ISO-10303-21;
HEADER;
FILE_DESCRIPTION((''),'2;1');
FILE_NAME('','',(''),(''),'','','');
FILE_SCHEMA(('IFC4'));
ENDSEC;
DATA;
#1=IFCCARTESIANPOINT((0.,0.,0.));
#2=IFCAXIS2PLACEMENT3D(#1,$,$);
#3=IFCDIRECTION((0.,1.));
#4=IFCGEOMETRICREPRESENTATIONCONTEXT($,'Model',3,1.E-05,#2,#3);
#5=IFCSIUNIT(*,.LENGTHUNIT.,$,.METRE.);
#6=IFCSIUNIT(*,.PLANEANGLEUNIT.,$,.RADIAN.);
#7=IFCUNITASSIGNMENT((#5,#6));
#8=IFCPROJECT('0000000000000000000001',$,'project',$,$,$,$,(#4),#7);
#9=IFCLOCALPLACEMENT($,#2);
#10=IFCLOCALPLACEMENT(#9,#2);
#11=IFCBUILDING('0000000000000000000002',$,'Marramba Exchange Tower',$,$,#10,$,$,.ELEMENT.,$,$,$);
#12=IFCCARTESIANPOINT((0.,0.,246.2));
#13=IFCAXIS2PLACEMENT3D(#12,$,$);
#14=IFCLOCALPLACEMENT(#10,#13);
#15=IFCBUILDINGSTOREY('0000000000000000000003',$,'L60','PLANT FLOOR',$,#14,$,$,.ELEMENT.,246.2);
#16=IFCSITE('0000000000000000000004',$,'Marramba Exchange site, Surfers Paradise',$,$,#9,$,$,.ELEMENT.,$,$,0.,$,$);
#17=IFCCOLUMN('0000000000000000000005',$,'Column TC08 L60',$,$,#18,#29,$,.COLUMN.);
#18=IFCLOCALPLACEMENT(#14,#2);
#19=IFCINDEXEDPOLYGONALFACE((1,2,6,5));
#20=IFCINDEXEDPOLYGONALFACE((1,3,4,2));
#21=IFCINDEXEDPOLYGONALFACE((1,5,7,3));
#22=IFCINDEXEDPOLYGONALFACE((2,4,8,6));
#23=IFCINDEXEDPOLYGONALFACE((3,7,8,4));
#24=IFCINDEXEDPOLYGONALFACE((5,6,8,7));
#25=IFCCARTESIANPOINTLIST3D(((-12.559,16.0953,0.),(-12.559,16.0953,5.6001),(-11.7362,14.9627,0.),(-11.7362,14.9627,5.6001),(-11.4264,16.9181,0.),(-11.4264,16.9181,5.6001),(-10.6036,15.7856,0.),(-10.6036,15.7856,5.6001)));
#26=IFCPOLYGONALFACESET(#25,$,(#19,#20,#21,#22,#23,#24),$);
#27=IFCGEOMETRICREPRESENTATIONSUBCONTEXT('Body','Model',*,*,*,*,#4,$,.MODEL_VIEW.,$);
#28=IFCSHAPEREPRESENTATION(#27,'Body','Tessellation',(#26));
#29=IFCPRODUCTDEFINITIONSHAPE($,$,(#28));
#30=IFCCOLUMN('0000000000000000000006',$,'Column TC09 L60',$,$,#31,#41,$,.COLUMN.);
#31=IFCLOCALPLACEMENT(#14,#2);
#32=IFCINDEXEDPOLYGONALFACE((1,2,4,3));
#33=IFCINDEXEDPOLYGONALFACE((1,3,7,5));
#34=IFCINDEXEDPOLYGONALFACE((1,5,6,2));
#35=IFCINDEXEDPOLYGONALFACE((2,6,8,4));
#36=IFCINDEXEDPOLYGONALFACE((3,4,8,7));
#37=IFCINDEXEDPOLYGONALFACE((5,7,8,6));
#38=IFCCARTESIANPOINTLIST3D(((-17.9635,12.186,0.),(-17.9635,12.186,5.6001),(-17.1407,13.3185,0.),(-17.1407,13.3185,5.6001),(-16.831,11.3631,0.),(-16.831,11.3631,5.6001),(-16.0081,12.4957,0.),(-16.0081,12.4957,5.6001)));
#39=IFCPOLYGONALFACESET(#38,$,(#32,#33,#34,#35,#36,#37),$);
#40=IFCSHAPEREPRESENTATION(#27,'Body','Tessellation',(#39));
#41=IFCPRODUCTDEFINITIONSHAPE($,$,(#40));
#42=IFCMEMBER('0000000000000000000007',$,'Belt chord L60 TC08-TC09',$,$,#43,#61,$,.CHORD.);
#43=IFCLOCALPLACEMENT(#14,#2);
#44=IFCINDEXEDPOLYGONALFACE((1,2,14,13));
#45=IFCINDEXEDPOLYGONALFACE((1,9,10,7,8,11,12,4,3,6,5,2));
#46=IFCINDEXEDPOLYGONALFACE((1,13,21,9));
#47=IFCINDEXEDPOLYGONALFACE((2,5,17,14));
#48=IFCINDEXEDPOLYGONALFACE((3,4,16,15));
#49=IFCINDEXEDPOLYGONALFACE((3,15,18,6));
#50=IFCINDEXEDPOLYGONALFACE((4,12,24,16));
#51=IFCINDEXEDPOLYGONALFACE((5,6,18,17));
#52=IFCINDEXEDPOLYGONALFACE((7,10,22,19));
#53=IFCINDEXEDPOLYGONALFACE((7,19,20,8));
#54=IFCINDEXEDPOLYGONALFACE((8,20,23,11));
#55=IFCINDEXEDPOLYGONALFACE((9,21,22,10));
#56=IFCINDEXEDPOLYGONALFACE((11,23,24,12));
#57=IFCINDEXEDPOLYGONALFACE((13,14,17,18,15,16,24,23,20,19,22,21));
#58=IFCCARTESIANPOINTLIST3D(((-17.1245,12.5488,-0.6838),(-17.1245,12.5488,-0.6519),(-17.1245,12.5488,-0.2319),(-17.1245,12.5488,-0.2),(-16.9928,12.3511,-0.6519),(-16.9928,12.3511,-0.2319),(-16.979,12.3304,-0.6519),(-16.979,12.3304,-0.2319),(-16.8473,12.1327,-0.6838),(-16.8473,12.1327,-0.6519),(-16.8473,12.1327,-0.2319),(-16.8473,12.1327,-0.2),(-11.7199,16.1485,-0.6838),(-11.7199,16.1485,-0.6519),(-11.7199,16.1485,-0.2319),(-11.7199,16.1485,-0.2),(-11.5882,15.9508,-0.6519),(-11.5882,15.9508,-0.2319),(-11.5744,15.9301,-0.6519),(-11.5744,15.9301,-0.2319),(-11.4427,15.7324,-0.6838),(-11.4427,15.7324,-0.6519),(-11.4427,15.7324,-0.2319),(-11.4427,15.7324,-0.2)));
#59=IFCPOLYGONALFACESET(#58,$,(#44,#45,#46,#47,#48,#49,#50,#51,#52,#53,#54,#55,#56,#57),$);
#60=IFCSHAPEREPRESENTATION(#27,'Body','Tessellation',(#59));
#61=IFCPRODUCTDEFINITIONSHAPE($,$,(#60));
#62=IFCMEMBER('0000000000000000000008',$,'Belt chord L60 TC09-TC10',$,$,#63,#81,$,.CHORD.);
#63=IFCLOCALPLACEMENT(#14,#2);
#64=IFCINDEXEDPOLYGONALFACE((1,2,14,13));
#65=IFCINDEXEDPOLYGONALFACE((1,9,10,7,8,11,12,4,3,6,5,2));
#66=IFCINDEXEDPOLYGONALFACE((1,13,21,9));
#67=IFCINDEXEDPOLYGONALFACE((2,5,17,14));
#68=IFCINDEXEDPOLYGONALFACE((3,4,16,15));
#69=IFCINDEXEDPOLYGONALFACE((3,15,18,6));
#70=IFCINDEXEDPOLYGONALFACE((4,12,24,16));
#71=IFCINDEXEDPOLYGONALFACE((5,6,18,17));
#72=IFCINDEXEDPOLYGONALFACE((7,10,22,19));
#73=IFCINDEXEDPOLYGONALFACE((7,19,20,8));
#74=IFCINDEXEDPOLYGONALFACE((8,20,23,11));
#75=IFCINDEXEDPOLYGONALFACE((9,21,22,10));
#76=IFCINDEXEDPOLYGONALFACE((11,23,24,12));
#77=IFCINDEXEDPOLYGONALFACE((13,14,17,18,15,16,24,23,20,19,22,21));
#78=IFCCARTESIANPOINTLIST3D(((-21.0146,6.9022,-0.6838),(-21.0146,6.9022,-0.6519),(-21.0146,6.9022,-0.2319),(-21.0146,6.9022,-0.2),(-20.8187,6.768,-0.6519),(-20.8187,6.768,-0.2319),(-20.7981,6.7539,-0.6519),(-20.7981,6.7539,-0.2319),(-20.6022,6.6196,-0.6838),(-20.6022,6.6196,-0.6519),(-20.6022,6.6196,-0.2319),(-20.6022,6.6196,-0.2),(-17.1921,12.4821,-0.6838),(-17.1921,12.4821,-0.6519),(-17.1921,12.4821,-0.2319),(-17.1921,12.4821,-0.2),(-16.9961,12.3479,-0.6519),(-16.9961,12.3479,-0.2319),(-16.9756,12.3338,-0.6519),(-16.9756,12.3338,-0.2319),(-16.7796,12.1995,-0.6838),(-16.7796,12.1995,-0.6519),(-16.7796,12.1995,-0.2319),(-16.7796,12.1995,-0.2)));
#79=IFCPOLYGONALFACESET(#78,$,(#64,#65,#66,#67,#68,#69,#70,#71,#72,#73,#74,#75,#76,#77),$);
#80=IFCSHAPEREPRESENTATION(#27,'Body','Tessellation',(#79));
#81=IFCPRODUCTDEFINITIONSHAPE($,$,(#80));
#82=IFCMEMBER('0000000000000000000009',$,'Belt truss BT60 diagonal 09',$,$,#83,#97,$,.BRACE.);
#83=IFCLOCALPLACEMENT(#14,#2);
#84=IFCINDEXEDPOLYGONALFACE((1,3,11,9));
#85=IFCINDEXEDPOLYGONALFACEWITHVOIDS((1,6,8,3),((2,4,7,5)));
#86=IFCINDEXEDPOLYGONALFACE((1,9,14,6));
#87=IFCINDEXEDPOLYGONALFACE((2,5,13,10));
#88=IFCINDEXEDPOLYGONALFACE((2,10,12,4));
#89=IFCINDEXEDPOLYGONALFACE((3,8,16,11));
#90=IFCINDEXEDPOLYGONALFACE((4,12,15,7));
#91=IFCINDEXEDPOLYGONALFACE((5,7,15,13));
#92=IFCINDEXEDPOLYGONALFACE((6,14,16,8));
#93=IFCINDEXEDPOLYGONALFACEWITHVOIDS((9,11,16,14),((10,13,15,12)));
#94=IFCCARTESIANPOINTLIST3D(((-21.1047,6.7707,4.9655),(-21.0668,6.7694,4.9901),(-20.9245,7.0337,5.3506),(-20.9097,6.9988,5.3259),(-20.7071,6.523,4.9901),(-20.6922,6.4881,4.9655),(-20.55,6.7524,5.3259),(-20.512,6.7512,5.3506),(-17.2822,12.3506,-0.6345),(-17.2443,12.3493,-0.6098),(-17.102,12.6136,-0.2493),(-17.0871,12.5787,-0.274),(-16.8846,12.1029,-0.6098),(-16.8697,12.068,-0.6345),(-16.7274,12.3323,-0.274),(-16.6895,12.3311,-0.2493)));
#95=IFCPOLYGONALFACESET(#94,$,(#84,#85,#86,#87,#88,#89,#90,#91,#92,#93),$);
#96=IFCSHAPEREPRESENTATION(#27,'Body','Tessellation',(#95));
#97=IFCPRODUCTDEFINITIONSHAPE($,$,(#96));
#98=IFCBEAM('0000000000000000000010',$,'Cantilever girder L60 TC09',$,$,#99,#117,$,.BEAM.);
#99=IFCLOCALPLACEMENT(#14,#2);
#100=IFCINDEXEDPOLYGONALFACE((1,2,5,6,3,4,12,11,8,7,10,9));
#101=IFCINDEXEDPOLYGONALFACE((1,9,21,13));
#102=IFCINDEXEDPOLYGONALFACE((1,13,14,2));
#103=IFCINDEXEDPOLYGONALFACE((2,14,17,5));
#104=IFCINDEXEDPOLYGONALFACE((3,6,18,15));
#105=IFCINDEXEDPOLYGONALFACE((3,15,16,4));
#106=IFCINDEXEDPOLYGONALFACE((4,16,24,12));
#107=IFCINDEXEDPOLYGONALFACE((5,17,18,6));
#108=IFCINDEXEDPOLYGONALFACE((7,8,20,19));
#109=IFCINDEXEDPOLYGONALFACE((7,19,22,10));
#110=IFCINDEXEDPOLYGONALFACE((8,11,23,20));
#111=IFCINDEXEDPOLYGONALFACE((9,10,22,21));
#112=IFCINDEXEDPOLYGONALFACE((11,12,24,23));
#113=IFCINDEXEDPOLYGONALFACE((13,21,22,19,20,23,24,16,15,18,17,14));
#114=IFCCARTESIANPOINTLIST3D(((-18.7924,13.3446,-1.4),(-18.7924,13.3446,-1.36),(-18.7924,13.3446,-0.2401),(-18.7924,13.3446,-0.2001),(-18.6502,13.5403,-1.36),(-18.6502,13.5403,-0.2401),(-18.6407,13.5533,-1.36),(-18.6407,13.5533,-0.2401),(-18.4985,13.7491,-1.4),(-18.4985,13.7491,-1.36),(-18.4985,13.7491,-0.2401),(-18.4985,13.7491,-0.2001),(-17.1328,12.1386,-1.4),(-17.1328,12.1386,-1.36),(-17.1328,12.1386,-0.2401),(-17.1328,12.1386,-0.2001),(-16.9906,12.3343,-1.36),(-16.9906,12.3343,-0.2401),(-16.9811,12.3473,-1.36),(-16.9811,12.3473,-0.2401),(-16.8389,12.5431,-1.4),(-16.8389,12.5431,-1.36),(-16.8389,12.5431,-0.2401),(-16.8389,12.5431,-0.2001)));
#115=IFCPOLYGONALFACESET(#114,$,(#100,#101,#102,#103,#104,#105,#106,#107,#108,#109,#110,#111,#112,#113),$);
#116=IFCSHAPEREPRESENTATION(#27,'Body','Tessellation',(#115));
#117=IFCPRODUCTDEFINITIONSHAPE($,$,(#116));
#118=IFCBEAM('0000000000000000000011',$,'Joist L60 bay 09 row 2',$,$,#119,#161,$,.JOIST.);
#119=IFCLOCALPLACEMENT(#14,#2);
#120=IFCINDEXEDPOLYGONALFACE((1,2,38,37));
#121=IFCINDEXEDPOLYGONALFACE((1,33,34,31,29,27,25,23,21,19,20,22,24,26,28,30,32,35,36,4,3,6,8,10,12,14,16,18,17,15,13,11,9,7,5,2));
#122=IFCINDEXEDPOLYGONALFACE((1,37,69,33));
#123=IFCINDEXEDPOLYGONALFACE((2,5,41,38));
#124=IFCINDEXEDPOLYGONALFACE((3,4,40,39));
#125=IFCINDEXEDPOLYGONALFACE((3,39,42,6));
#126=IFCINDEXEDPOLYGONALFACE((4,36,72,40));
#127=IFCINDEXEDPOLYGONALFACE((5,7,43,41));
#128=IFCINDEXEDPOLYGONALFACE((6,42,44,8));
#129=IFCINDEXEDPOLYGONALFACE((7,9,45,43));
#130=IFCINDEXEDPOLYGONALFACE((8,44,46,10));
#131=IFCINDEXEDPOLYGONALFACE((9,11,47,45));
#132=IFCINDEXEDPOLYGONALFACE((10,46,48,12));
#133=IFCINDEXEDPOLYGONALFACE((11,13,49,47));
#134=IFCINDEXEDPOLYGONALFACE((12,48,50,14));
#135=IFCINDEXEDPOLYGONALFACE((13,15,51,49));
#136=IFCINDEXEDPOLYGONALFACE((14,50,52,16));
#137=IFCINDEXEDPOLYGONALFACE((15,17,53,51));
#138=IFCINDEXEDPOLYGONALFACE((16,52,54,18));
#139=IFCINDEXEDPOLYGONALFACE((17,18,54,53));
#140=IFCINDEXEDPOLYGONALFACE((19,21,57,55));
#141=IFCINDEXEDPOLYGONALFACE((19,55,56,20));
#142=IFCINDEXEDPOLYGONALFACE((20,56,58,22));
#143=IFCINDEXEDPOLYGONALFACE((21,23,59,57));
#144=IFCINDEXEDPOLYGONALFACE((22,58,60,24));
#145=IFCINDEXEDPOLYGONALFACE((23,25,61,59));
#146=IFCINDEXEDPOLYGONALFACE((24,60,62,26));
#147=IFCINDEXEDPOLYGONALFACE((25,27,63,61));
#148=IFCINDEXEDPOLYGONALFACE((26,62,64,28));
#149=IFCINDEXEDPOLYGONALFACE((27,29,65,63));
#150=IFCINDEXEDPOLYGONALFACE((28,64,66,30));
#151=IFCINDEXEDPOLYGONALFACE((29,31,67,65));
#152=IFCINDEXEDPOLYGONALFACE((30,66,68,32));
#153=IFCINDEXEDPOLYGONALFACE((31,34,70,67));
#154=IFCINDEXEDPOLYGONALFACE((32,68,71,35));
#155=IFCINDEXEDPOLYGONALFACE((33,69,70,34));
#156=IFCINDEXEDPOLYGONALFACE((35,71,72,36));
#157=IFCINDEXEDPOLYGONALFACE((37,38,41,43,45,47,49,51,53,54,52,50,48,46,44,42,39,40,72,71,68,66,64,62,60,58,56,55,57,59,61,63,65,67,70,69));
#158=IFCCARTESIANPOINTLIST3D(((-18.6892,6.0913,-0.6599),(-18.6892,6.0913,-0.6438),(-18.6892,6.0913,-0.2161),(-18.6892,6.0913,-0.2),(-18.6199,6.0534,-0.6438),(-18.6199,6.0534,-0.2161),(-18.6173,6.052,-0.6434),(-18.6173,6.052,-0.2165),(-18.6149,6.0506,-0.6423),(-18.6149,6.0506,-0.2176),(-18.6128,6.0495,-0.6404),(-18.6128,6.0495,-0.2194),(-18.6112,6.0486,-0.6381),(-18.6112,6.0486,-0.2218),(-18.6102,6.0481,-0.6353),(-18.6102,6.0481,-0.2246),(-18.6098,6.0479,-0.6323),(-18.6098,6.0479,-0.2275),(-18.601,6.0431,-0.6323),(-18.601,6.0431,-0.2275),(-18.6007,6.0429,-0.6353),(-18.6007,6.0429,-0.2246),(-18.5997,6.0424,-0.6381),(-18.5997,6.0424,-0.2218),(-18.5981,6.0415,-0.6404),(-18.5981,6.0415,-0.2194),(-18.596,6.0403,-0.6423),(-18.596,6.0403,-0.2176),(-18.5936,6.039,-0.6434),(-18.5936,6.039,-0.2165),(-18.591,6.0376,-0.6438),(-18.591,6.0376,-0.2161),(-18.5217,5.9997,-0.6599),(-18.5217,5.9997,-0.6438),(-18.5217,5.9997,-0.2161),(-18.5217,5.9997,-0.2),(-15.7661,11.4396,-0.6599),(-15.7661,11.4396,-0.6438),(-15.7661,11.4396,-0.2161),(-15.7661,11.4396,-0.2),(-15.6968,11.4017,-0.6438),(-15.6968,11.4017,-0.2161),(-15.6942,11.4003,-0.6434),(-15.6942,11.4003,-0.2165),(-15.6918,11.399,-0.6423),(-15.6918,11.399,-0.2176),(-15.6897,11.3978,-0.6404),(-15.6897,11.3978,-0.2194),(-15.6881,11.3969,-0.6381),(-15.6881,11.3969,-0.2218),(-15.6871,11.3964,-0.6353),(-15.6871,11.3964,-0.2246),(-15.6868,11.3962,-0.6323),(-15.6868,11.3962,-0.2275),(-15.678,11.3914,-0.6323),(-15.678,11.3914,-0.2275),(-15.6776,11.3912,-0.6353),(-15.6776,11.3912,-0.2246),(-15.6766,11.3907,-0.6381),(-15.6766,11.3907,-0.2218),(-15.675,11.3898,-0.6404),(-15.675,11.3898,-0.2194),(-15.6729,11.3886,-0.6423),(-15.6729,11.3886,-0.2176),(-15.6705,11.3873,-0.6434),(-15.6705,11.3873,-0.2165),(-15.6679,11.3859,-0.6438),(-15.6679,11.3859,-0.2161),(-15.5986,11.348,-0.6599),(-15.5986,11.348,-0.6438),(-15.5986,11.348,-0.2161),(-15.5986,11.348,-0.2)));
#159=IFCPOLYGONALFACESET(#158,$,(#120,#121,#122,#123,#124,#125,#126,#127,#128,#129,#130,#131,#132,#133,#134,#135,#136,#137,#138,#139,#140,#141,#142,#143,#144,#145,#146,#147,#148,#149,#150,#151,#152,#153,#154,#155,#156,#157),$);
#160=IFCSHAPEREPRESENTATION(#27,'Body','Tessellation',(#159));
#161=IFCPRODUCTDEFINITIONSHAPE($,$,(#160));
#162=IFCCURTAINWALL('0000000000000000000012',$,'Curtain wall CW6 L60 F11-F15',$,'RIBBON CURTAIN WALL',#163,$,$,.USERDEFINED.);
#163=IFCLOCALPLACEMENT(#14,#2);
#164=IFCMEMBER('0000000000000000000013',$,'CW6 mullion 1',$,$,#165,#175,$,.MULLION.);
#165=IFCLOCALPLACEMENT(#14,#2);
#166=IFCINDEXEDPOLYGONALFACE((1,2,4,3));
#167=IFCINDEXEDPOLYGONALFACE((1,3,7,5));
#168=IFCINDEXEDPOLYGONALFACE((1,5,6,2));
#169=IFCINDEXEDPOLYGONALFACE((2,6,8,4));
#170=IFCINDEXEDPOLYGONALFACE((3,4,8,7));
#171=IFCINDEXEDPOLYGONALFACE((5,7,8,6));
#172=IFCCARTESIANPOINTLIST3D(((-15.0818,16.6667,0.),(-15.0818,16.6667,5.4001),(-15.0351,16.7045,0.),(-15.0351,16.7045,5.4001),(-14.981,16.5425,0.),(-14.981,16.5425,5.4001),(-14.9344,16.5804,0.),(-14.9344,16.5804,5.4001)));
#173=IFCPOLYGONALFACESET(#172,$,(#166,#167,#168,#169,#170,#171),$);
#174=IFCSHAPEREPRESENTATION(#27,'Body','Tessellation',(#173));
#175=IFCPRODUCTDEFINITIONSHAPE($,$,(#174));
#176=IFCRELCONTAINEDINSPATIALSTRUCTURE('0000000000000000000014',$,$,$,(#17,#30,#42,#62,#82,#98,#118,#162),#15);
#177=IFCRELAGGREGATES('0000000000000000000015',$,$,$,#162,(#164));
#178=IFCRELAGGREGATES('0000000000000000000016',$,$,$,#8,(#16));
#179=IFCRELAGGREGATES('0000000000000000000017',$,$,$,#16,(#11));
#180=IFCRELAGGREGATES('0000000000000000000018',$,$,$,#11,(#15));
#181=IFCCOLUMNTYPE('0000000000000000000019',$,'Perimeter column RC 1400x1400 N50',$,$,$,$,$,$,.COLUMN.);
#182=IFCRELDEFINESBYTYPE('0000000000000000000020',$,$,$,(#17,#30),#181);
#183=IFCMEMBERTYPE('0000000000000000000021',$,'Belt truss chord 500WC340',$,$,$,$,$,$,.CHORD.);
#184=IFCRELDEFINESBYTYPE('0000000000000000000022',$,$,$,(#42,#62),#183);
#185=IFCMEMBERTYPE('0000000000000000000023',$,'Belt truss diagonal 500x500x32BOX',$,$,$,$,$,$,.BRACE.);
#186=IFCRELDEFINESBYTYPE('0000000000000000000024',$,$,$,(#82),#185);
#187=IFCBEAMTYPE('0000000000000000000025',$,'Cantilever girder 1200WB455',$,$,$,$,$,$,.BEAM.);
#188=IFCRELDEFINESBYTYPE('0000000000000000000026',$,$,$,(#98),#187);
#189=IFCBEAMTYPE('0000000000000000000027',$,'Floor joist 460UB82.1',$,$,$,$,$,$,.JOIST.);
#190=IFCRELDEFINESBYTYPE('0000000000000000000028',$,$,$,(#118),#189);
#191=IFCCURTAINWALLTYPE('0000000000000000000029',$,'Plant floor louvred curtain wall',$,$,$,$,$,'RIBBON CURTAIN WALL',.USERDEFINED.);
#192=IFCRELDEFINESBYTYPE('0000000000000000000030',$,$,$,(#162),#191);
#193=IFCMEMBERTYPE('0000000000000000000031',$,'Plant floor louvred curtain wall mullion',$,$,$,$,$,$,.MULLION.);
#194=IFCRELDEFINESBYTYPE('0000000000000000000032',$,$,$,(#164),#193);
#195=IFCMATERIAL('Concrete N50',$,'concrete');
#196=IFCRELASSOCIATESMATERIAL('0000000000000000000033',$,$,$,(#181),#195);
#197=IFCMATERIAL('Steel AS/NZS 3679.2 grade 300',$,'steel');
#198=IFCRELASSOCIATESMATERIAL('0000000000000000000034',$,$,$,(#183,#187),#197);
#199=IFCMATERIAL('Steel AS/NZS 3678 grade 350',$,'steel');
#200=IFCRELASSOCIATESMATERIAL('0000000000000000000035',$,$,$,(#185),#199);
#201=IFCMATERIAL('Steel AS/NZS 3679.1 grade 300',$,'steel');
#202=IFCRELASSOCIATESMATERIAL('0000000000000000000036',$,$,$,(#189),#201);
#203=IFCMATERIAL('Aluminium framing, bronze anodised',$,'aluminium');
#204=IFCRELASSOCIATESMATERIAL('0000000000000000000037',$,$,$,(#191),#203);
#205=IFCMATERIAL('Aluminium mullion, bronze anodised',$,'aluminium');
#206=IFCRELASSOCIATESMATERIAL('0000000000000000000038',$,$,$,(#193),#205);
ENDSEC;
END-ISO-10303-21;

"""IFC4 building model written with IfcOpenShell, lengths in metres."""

from ifc_helpers import new_model, si_unit, direction, frame, origin, origin_2d, place, context, subcontext, project, spatial, rectangle, hollow_rectangle, i_section, extrude, material, material_profile, profile_set, type_object, element, aggregate, save


model = new_model("IFC4")

# Units and contexts
model_context = context("Model", 3, precision=1e-05, world=origin(), true_north=direction((0.0, 1.0)))
body_context = subcontext(model_context, "Body", "Model", "MODEL_VIEW")
ifc_project = project(units=[si_unit("LENGTHUNIT", "METRE"), si_unit("PLANEANGLEUNIT", "RADIAN")], contexts=[model_context])

# Site, building, storey
site_placement = place(None, origin())
site = spatial("IfcSite", under=ifc_project, at=site_placement, Name="Marramba Exchange site, Surfers Paradise", CompositionType="ELEMENT", RefElevation=0.0)
building_placement = place(site_placement, origin())
building = spatial("IfcBuilding", under=site, at=building_placement, Name="Marramba Exchange Tower", CompositionType="ELEMENT")
storey_placement = place(building_placement, frame((0.0, 0.0, 246.2)))
storey = spatial("IfcBuildingStorey", under=building, at=storey_placement, Name="L60", Description="PLANT FLOOR", CompositionType="ELEMENT", Elevation=246.2)

# Columns
ifc_material_1 = material(Name="Concrete N50", Category="concrete")
ifc_material_profile_1 = material_profile(ifc_material_1, rectangle(XDim=1.3999, YDim=1.3999, at=origin_2d()), Name="RC 1400x1400")
ifc_profile_set_1 = profile_set([ifc_material_profile_1], Name="Concrete N50")
column_type = type_object("IfcColumnType", Name="Perimeter column RC 1400x1400 N50", PredefinedType="COLUMN", material=ifc_profile_set_1)
for number, where, z_axis, x_axis, name in (
    (1, (-11.5813, 15.9404, 0.0), (0.0, 0.0, 1.0), (-0.587785, 0.809017, 0.0), "Column TC08 L60"),
    (2, (-16.9858, 12.3408, 0.0), (0.0, 0.0, 1.0), (-0.809017, 0.587785, 0.0), "Column TC09 L60"),
):
    element("IfcColumn", number, at=place(storey_placement, frame(where, z_axis=z_axis, x_axis=x_axis)), inside=storey, type_object=column_type, Name=name, PredefinedType="COLUMN", context=body_context, shape_type="SweptSolid", body=[
        extrude(rectangle(XDim=1.3999, YDim=1.3999, at=origin_2d()), origin(), (0.0, 0.0, 1.0), 5.6001),
    ])

# Members
ifc_material_2 = material(Name="Steel AS/NZS 3679.2 grade 300", Category="steel")
ifc_material_profile_2 = material_profile(ifc_material_2, i_section(OverallWidth=0.5, OverallDepth=0.4839, WebThickness=0.0249, FlangeThickness=0.032, at=origin_2d()), Name="500WC340")
ifc_profile_set_2 = profile_set([ifc_material_profile_2], Name="Steel AS/NZS 3679.2 grade 300")
member_type_1 = type_object("IfcMemberType", Name="Belt truss chord 500WC340", PredefinedType="CHORD", material=ifc_profile_set_2)
member_1_placement = place(storey_placement, frame((-11.5813, 15.9404, -0.4419), z_axis=(-0.832293, -0.554336, 0.0), x_axis=(0.554336, -0.832293, 0.0)))
element("IfcMember", 3, at=member_1_placement, inside=storey, type_object=member_type_1, Name="Belt chord L60 TC08-TC09", PredefinedType="CHORD", context=body_context, shape_type="SweptSolid", body=[
    extrude(i_section(OverallWidth=0.5, OverallDepth=0.4839, WebThickness=0.0249, FlangeThickness=0.032, at=origin_2d()), origin(), (0.0, 0.0, 1.0), 6.4937),
])
member_2_placement = place(storey_placement, frame((-16.9858, 12.3408, -0.4419), z_axis=(-0.56516, -0.824981, 0.0), x_axis=(0.824981, -0.56516, 0.0)))
element("IfcMember", 4, at=member_2_placement, inside=storey, type_object=member_type_1, Name="Belt chord L60 TC09-TC10", PredefinedType="CHORD", context=body_context, shape_type="SweptSolid", body=[
    extrude(i_section(OverallWidth=0.5, OverallDepth=0.4839, WebThickness=0.0249, FlangeThickness=0.032, at=origin_2d()), origin(), (0.0, 0.0, 1.0), 6.7637),
])
ifc_material_3 = material(Name="Steel AS/NZS 3678 grade 350", Category="steel")
ifc_material_profile_3 = material_profile(ifc_material_3, hollow_rectangle(XDim=0.5, YDim=0.5, WallThickness=0.032, at=origin_2d()), Name="500x500x32BOX")
ifc_profile_set_3 = profile_set([ifc_material_profile_3], Name="Steel AS/NZS 3678 grade 350")
member_type_2 = type_object("IfcMemberType", Name="Belt truss diagonal 500x500x32BOX", PredefinedType="BRACE", material=ifc_profile_set_3)
member_3_placement = place(storey_placement, frame((-16.9858, 12.3408, -0.4419), z_axis=(-0.43532, -0.63545, 0.63773), x_axis=(0.824981, -0.56516, 0.0)))
element("IfcMember", 5, at=member_3_placement, inside=storey, type_object=member_type_2, Name="Belt truss BT60 diagonal 09", PredefinedType="BRACE", context=body_context, shape_type="SweptSolid", body=[
    extrude(hollow_rectangle(XDim=0.5, YDim=0.5, WallThickness=0.032, at=origin_2d()), origin(), (0.0, 0.0, 1.0), 8.781),
])

# Beams
ifc_material_profile_4 = material_profile(ifc_material_2, i_section(OverallWidth=0.5, OverallDepth=1.2, WebThickness=0.0161, FlangeThickness=0.04, at=origin_2d()), Name="1200WB455")
ifc_profile_set_4 = profile_set([ifc_material_profile_4], Name="Steel AS/NZS 3679.2 grade 300")
beam_type_1 = type_object("IfcBeamType", Name="Cantilever girder 1200WB455", PredefinedType="BEAM", material=ifc_profile_set_4)
beam_1_placement = place(storey_placement, frame((-16.9858, 12.3408, -0.8), z_axis=(-0.808962, 0.58786, 0.0), x_axis=(-0.58786, -0.808962, 0.0)))
element("IfcBeam", 6, at=beam_1_placement, inside=storey, type_object=beam_type_1, Name="Cantilever girder L60 TC09", PredefinedType="BEAM", context=body_context, shape_type="SweptSolid", body=[
    extrude(i_section(OverallWidth=0.5, OverallDepth=1.2, WebThickness=0.0161, FlangeThickness=0.04, at=origin_2d()), origin(), (0.0, 0.0, 1.0), 2.0515),
])
ifc_material_4 = material(Name="Steel AS/NZS 3679.1 grade 300", Category="steel")
ifc_material_profile_5 = material_profile(ifc_material_4, i_section(OverallWidth=0.1909, OverallDepth=0.46, WebThickness=0.01, FlangeThickness=0.0161, FilletRadius=0.0115, at=origin_2d()), Name="460UB82.1")
ifc_profile_set_5 = profile_set([ifc_material_profile_5], Name="Steel AS/NZS 3679.1 grade 300")
beam_type_2 = type_object("IfcBeamType", Name="Floor joist 460UB82.1", PredefinedType="JOIST", material=ifc_profile_set_5)
beam_2_placement = place(storey_placement, frame((-15.6824, 11.3938, -0.4299), z_axis=(-0.479584, -0.877496, 0.0), x_axis=(0.877496, -0.479584, 0.0)))
element("IfcBeam", 7, at=beam_2_placement, inside=storey, type_object=beam_type_2, Name="Joist L60 bay 09 row 2", PredefinedType="JOIST", context=body_context, shape_type="SweptSolid", body=[
    extrude(i_section(OverallWidth=0.1909, OverallDepth=0.46, WebThickness=0.01, FlangeThickness=0.0161, FilletRadius=0.0115, at=origin_2d()), origin(), (0.0, 0.0, 1.0), 6.095),
])

# Curtain wall, member
ifc_material_5 = material(Name="Aluminium framing, bronze anodised", Category="aluminium")
curtain_wall_type = type_object("IfcCurtainWallType", Name="Plant floor louvred curtain wall", ElementType="RIBBON CURTAIN WALL", PredefinedType="USERDEFINED", material=ifc_material_5)
curtain_wall_placement = place(storey_placement, origin())
curtain_wall = element("IfcCurtainWall", 8, at=curtain_wall_placement, inside=storey, type_object=curtain_wall_type, Name="Curtain wall CW6 L60 F11-F15", ObjectType="RIBBON CURTAIN WALL", PredefinedType="USERDEFINED")
ifc_material_6 = material(Name="Aluminium mullion, bronze anodised", Category="aluminium")
ifc_material_profile_6 = material_profile(ifc_material_6, rectangle(XDim=0.1599, YDim=0.0601, at=origin_2d()), Name="CW6 mullion 60x160")
ifc_profile_set_6 = profile_set([ifc_material_profile_6], Name="Aluminium mullion, bronze anodised")
member_type_3 = type_object("IfcMemberType", Name="Plant floor louvred curtain wall mullion", PredefinedType="MULLION", material=ifc_profile_set_6)
member_4_placement = place(storey_placement, frame((-15.0081, 16.6235, 0.0), z_axis=(0.0, 0.0, 1.0), x_axis=(0.630201, -0.776432, 0.0)))
member_4 = element("IfcMember", 9, at=member_4_placement, type_object=member_type_3, Name="CW6 mullion 1", PredefinedType="MULLION", context=body_context, shape_type="SweptSolid", body=[
    extrude(rectangle(XDim=0.1599, YDim=0.0601, at=origin_2d()), origin(), (0.0, 0.0, 1.0), 5.4001),
])

aggregate(curtain_wall, [member_4])

save(model, "model.ifc")
